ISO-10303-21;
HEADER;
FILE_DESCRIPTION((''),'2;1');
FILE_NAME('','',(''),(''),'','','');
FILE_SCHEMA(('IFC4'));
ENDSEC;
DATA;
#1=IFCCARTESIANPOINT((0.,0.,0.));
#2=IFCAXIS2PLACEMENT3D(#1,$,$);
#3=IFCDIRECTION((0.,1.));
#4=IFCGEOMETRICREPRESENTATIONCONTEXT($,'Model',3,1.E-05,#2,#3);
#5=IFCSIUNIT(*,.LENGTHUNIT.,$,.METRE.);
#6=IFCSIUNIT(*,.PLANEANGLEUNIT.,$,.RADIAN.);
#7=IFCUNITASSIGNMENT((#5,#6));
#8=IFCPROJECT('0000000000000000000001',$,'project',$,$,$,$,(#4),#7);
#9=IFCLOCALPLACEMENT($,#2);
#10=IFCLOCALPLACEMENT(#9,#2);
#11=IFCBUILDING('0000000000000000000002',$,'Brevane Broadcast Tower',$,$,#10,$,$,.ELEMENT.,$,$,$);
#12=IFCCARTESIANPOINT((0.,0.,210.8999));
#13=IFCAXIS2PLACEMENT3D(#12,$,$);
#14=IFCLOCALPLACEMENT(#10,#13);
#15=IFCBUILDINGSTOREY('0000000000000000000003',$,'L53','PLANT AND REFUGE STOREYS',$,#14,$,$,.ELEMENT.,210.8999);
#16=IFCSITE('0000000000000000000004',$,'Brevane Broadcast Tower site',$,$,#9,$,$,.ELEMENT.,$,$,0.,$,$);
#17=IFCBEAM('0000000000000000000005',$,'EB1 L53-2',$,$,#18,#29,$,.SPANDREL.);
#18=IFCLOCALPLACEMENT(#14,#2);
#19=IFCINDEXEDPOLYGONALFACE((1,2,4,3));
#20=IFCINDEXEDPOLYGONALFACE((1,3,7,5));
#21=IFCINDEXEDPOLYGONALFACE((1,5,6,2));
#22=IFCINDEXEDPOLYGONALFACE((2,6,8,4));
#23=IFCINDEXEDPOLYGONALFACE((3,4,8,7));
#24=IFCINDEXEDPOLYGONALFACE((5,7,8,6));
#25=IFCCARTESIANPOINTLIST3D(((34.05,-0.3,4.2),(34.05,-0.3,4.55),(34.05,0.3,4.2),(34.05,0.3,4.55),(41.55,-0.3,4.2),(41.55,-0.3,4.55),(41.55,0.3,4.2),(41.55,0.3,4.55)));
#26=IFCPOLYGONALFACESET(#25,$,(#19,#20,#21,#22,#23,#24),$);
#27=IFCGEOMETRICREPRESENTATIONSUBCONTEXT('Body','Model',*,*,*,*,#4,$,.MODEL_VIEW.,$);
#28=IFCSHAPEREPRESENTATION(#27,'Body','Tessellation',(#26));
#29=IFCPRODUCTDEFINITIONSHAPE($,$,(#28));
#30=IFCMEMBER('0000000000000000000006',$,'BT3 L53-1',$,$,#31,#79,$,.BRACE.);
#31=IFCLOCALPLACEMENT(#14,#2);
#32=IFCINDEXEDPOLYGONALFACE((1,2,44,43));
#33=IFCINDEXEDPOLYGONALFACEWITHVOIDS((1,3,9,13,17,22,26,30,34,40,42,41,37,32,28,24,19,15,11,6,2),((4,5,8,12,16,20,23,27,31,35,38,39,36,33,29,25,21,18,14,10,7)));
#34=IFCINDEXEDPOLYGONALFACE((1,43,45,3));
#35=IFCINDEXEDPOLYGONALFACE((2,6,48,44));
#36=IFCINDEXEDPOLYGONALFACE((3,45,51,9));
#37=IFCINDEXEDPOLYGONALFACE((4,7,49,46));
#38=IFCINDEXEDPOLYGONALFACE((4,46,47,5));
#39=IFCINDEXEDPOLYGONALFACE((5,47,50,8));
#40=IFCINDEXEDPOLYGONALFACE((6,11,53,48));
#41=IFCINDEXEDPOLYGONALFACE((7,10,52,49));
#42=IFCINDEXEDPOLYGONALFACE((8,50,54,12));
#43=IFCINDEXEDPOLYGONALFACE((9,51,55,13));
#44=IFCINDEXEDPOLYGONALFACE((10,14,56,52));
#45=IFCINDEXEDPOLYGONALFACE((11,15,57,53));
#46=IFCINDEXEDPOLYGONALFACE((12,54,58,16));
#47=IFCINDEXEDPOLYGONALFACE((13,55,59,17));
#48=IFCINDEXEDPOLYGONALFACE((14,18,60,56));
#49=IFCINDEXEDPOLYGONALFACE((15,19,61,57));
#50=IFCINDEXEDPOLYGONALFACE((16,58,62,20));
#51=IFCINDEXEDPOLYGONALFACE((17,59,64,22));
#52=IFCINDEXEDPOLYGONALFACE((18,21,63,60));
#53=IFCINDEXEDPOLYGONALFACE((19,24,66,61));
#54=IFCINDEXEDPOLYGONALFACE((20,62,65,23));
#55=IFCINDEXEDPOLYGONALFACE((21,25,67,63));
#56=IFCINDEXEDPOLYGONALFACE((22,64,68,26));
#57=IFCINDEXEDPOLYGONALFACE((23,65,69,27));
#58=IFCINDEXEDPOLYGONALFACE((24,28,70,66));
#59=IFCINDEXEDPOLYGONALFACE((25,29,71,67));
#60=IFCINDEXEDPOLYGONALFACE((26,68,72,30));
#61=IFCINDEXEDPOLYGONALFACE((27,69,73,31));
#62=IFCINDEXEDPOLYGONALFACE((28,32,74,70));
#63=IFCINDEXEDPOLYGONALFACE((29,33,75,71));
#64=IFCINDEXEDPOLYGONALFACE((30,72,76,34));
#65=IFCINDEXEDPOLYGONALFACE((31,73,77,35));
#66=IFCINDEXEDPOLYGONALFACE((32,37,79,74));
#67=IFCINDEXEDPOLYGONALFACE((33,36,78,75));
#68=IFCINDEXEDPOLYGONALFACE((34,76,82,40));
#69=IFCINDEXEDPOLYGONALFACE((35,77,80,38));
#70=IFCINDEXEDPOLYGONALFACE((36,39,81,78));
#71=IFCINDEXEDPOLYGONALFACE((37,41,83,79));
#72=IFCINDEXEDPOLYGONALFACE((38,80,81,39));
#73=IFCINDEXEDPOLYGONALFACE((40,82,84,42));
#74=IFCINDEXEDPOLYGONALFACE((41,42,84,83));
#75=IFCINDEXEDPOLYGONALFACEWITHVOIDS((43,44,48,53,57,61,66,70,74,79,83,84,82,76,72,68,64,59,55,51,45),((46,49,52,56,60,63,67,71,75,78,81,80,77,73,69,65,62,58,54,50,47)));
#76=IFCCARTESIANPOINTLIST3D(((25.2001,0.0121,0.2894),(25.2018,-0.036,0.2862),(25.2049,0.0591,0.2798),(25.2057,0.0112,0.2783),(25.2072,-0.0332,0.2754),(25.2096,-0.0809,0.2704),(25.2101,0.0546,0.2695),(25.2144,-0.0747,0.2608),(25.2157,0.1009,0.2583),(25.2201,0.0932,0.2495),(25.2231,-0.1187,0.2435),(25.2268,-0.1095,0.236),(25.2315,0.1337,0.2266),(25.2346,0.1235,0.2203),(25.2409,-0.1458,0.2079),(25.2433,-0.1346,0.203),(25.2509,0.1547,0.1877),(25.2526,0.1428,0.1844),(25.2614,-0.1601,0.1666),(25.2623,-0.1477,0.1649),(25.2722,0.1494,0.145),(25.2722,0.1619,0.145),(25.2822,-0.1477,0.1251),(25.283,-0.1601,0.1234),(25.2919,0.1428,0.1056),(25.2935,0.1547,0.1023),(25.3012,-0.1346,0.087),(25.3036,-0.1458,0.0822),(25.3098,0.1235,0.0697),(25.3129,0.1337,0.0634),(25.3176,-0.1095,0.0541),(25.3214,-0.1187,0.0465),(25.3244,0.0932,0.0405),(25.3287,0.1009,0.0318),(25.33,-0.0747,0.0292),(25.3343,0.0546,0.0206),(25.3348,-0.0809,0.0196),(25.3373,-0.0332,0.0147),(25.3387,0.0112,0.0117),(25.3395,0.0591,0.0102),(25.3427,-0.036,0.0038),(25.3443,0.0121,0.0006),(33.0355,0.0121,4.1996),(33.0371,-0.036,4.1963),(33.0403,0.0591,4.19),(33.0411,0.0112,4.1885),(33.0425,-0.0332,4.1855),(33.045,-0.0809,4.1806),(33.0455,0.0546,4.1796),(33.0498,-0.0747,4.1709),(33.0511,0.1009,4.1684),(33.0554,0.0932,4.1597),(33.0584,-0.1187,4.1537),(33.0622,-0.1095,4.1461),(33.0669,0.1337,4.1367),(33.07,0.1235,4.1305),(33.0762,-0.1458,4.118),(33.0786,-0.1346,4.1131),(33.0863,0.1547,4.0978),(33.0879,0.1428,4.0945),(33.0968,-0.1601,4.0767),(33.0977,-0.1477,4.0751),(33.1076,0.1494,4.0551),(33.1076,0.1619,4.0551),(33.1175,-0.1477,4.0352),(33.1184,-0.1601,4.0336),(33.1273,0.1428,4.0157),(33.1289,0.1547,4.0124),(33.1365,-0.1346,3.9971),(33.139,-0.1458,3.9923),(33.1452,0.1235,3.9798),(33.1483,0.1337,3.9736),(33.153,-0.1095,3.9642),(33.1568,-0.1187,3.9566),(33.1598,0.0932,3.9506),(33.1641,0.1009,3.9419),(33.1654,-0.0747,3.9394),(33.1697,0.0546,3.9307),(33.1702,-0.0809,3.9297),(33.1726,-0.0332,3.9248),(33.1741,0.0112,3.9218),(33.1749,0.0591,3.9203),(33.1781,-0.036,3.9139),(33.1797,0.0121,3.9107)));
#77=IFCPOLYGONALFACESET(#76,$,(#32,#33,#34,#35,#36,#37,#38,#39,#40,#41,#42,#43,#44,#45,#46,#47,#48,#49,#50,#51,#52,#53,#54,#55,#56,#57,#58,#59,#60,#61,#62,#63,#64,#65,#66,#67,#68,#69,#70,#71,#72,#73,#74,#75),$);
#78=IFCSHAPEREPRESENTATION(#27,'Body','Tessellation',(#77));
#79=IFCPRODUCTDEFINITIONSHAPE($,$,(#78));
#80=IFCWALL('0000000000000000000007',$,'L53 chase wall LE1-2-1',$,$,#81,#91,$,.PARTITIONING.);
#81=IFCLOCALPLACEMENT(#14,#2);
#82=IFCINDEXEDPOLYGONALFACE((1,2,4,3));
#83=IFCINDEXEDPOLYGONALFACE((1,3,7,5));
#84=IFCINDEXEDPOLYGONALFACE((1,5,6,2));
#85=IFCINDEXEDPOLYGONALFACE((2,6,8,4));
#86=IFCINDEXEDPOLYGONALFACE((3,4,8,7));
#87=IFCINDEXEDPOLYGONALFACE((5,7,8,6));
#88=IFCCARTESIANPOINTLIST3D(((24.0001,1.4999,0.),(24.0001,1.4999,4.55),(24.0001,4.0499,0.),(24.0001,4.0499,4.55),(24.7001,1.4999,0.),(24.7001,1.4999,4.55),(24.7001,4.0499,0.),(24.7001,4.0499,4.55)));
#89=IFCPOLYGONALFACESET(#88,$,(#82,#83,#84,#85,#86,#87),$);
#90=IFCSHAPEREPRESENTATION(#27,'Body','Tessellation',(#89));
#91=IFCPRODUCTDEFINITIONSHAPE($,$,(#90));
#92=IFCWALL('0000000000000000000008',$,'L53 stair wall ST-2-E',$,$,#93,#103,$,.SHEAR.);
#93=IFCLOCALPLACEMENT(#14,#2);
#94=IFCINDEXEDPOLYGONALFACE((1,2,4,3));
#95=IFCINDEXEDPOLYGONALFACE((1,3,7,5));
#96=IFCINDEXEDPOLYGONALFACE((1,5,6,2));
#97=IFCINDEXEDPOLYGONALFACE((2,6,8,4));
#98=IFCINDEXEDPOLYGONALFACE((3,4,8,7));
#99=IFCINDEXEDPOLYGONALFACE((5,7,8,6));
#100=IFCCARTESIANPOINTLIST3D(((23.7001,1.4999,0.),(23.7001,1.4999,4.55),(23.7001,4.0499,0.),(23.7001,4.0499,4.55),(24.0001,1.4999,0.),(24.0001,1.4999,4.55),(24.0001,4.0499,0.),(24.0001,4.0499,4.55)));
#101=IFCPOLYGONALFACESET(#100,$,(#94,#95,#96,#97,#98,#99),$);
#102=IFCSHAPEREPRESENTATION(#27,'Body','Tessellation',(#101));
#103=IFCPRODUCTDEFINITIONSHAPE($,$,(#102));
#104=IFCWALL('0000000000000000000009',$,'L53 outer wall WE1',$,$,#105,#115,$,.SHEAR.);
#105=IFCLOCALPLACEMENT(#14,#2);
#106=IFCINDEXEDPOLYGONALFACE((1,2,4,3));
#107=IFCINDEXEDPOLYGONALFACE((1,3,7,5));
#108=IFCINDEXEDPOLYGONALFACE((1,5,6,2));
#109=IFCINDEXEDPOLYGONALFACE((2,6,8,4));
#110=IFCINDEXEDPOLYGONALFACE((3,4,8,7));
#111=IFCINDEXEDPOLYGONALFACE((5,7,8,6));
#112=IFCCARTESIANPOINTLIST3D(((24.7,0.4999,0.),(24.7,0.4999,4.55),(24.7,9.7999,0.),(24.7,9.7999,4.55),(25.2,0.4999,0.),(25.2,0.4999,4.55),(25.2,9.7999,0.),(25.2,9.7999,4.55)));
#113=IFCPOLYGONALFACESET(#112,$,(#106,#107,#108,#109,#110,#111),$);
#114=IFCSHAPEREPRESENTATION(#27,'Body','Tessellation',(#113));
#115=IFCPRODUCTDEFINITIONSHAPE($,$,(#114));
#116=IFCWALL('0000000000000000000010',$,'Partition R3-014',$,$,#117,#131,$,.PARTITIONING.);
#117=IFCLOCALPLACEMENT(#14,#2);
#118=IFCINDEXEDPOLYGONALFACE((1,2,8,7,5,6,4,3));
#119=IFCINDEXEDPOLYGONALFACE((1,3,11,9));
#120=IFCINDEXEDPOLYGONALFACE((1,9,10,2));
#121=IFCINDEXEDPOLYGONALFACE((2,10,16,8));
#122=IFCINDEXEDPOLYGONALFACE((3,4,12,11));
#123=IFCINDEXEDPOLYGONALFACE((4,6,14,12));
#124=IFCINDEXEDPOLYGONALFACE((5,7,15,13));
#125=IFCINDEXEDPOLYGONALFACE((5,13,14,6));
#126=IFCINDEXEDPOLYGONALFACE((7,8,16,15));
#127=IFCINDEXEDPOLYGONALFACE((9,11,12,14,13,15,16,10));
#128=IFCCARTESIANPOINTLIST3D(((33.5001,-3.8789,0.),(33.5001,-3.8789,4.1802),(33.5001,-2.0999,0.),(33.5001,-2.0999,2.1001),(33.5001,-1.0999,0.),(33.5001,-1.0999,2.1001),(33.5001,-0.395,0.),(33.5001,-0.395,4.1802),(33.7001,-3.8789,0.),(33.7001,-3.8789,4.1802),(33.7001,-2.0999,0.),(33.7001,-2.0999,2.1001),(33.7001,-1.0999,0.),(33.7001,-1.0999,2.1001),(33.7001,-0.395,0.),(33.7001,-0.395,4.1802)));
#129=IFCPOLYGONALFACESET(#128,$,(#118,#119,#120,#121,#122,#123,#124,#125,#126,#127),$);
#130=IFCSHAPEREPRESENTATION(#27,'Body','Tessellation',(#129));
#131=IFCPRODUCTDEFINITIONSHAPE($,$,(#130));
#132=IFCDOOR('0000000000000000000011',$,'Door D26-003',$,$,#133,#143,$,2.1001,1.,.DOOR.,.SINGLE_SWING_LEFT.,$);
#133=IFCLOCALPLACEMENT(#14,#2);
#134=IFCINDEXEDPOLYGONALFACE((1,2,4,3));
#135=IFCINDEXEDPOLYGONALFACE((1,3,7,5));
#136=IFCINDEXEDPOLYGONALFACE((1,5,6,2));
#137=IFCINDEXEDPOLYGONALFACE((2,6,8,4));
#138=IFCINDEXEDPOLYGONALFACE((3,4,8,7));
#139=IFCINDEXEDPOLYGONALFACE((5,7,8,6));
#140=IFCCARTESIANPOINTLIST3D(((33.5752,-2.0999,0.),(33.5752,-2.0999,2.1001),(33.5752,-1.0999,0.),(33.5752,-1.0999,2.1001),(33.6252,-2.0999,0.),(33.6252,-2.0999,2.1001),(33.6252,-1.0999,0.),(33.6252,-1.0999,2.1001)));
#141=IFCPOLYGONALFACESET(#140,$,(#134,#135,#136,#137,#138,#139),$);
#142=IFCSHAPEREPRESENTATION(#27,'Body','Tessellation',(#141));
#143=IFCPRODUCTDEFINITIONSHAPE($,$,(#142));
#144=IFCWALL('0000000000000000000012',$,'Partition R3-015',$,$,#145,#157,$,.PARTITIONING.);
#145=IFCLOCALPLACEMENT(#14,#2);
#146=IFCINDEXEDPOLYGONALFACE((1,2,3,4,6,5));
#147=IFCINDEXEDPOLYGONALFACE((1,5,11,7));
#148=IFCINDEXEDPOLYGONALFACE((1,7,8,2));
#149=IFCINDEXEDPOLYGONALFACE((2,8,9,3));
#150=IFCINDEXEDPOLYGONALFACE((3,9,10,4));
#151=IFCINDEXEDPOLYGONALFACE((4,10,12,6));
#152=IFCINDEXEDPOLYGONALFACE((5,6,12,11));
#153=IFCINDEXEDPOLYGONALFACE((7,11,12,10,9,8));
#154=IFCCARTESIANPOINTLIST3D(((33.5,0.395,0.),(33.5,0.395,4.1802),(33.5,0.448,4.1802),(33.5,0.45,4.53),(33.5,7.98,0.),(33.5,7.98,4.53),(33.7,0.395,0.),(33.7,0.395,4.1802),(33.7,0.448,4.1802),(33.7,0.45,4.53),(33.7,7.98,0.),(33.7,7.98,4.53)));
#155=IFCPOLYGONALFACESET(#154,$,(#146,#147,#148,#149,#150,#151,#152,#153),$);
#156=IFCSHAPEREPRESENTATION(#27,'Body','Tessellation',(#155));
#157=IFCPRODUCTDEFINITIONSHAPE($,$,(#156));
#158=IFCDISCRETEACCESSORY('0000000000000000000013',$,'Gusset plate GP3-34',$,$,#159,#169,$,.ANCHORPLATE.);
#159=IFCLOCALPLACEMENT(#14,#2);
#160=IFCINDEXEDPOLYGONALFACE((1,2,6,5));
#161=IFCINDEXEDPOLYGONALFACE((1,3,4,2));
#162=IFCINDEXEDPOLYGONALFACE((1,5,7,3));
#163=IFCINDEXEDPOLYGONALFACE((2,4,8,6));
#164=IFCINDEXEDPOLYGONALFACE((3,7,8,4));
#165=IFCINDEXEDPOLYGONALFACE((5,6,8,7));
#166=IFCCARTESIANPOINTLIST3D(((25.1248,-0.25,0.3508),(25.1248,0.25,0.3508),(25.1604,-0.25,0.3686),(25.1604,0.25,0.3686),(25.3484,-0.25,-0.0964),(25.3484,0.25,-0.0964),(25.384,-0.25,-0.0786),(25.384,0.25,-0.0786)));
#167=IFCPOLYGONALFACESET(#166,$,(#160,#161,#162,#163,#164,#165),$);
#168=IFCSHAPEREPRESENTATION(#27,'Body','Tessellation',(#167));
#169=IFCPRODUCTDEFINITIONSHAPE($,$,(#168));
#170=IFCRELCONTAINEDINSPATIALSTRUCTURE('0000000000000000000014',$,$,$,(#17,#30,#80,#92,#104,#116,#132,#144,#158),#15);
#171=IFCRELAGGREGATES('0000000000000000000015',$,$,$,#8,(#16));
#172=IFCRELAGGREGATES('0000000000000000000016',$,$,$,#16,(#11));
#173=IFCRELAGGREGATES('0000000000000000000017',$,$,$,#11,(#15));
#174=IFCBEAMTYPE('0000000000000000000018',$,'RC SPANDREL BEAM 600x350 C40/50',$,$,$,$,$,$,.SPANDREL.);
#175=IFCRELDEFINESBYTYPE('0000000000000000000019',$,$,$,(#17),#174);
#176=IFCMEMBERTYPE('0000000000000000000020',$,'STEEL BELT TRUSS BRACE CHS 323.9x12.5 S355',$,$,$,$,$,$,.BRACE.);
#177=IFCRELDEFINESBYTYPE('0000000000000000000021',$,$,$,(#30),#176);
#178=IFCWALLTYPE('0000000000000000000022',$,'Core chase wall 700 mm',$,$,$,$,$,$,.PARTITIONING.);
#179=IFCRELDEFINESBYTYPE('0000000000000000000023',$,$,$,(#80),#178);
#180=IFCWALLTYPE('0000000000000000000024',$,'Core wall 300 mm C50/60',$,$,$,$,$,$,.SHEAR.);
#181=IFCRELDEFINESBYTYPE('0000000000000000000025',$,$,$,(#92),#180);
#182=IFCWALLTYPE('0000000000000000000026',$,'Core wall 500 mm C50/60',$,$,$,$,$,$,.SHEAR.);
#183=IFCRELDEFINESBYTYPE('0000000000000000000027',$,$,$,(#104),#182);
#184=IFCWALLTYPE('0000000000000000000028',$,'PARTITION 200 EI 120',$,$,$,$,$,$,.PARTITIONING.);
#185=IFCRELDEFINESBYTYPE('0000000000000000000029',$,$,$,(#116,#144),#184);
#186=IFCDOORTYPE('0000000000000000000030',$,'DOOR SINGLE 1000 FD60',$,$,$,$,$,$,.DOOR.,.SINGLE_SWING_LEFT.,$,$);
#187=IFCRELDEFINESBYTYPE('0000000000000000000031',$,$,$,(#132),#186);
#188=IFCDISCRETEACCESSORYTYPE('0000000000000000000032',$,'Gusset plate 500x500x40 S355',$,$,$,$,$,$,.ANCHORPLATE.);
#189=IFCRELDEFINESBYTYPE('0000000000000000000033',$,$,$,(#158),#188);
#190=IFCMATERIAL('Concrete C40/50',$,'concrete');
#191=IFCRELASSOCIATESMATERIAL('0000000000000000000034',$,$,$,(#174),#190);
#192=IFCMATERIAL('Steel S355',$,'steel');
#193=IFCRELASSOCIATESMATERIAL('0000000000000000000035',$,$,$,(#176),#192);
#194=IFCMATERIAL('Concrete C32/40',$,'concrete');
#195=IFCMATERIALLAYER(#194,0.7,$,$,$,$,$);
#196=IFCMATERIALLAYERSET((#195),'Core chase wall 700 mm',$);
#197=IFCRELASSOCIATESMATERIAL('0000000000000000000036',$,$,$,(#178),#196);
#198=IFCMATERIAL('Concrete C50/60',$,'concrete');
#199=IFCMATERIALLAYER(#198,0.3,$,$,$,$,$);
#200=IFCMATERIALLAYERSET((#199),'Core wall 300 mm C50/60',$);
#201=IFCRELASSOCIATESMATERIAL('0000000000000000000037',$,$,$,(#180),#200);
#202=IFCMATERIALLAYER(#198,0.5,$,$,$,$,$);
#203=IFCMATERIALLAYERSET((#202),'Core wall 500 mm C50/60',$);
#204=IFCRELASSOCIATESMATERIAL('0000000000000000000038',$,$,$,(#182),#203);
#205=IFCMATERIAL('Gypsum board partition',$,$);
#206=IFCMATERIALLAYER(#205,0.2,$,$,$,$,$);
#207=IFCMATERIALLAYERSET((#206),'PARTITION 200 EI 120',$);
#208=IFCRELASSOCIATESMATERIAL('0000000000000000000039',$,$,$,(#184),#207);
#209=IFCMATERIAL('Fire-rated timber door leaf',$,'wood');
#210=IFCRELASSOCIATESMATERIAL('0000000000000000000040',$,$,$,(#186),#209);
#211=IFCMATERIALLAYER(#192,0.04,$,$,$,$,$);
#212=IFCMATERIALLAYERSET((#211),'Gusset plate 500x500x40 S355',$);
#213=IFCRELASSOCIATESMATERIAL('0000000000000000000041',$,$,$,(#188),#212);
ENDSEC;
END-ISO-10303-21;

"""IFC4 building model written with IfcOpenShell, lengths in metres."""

from ifc_helpers import new_model, si_unit, direction, frame, frame_2d, origin, origin_2d, place, context, subcontext, project, spatial, polyline, rectangle, hollow_circle, outline, extrude, material, layer, layer_set, material_profile, profile_set, type_object, element, fill, save


model = new_model("IFC4")

# Units and contexts
model_context = context("Model", 3, precision=1e-05, world=origin(), true_north=direction((0.0, 1.0)))
body_context = subcontext(model_context, "Body", "Model", "MODEL_VIEW")
ifc_project = project(units=[si_unit("LENGTHUNIT", "METRE"), si_unit("PLANEANGLEUNIT", "RADIAN")], contexts=[model_context])

# Site, building, storey
site_placement = place(None, origin())
site = spatial("IfcSite", under=ifc_project, at=site_placement, Name="Brevane Broadcast Tower site", CompositionType="ELEMENT", RefElevation=0.0)
building_placement = place(site_placement, origin())
building = spatial("IfcBuilding", under=site, at=building_placement, Name="Brevane Broadcast Tower", CompositionType="ELEMENT")
storey_placement = place(building_placement, frame((0.0, 0.0, 210.8999)))
storey = spatial("IfcBuildingStorey", under=building, at=storey_placement, Name="L53", Description="PLANT AND REFUGE STOREYS", CompositionType="ELEMENT", Elevation=210.8999)

# Shared definitions
ifc_material_1 = material(Name="Concrete C50/60", Category="concrete")

# Beam
ifc_material_2 = material(Name="Concrete C40/50", Category="concrete")
ifc_material_profile_1 = material_profile(ifc_material_2, rectangle(XDim=0.6001, YDim=0.3501, at=origin_2d()), Name="RC 600x350")
ifc_profile_set_1 = profile_set([ifc_material_profile_1], Name="Concrete C40/50")
beam_type_1 = type_object("IfcBeamType", Name="RC SPANDREL BEAM 600x350 C40/50", PredefinedType="SPANDREL", material=ifc_profile_set_1)
beam_1_placement = place(storey_placement, frame((34.05, 0.0, 4.375), z_axis=(1.0, 0.0, 0.0), x_axis=(0.0, 1.0, 0.0)))
element("IfcBeam", 1, at=beam_1_placement, inside=storey, type_object=beam_type_1, Name="EB1 L53-2", PredefinedType="SPANDREL", context=body_context, shape_type="SweptSolid", body=[
    extrude(rectangle(XDim=0.6001, YDim=0.3501, at=origin_2d()), origin(), (0.0, 0.0, 1.0), 7.5),
])

# Member
ifc_material_3 = material(Name="Steel S355", Category="steel")
ifc_material_profile_2 = material_profile(ifc_material_3, hollow_circle(Radius=0.1619, WallThickness=0.0125, at=origin_2d()), Name="CHS 323.9x12.5")
ifc_profile_set_2 = profile_set([ifc_material_profile_2], Name="Steel S355")
member_type_1 = type_object("IfcMemberType", Name="STEEL BELT TRUSS BRACE CHS 323.9x12.5 S355", PredefinedType="BRACE", material=ifc_profile_set_2)
member_1_placement = place(storey_placement, frame((25.2722, 0.0, 0.145), z_axis=(0.894773, 0.0, 0.446522), x_axis=(0.0, 1.0, 0.0)))
element("IfcMember", 2, at=member_1_placement, inside=storey, type_object=member_type_1, Name="BT3 L53-1", PredefinedType="BRACE", context=body_context, shape_type="SweptSolid", body=[
    extrude(hollow_circle(Radius=0.1619, WallThickness=0.0125, at=origin_2d()), origin(), (0.0, 0.0, 1.0), 8.7568),
])

# Walls
ifc_material_4 = material(Name="Concrete C32/40", Category="concrete")
ifc_layer_1 = layer(ifc_material_4, 0.7)
ifc_layer_set_1 = layer_set([ifc_layer_1], Name="Core chase wall 700 mm")
wall_type_1 = type_object("IfcWallType", Name="Core chase wall 700 mm", PredefinedType="PARTITIONING", material=ifc_layer_set_1)
wall_1_placement = place(storey_placement, frame((24.3501, 1.5, 0.0), z_axis=(0.0, 0.0, 1.0), x_axis=(0.0, 1.0, 0.0)))
element("IfcWall", 3, at=wall_1_placement, inside=storey, type_object=wall_type_1, Name="L53 chase wall LE1-2-1", PredefinedType="PARTITIONING", context=body_context, shape_type="SweptSolid", body=[
    extrude(rectangle(XDim=2.55, YDim=0.7, at=frame_2d((1.2749, 0.0))), origin(), (0.0, 0.0, 1.0), 4.55),
])
ifc_layer_2 = layer(ifc_material_1, 0.3)
ifc_layer_set_2 = layer_set([ifc_layer_2], Name="Core wall 300 mm C50/60")
wall_type_2 = type_object("IfcWallType", Name="Core wall 300 mm C50/60", PredefinedType="SHEAR", material=ifc_layer_set_2)
wall_2_placement = place(storey_placement, frame((23.8501, 1.5, 0.0), z_axis=(0.0, 0.0, 1.0), x_axis=(0.0, 1.0, 0.0)))
element("IfcWall", 4, at=wall_2_placement, inside=storey, type_object=wall_type_2, Name="L53 stair wall ST-2-E", PredefinedType="SHEAR", context=body_context, shape_type="SweptSolid", body=[
    extrude(rectangle(XDim=2.55, YDim=0.3, at=frame_2d((1.2749, 0.0))), origin(), (0.0, 0.0, 1.0), 4.55),
])
ifc_layer_3 = layer(ifc_material_1, 0.5)
ifc_layer_set_3 = layer_set([ifc_layer_3], Name="Core wall 500 mm C50/60")
wall_type_3 = type_object("IfcWallType", Name="Core wall 500 mm C50/60", PredefinedType="SHEAR", material=ifc_layer_set_3)
wall_3_placement = place(storey_placement, frame((24.95, 0.5, 0.0), z_axis=(0.0, 0.0, 1.0), x_axis=(0.0, 1.0, 0.0)))
element("IfcWall", 5, at=wall_3_placement, inside=storey, type_object=wall_type_3, Name="L53 outer wall WE1", PredefinedType="SHEAR", context=body_context, shape_type="SweptSolid", body=[
    extrude(rectangle(XDim=9.3, YDim=0.5, at=frame_2d((4.6499, 0.0))), origin(), (0.0, 0.0, 1.0), 4.55),
])

# Wall, opening, door
ifc_material_5 = material(Name="Gypsum board partition")
ifc_layer_4 = layer(ifc_material_5, 0.2)
ifc_layer_set_4 = layer_set([ifc_layer_4], Name="PARTITION 200 EI 120")
wall_type_4 = type_object("IfcWallType", Name="PARTITION 200 EI 120", PredefinedType="PARTITIONING", material=ifc_layer_set_4)
wall_4_placement = place(storey_placement, frame((33.6001, -3.8789, 0.0), z_axis=(0.0, 0.0, 1.0), x_axis=(0.0, 1.0, 0.0)))
wall_4 = element("IfcWall", 6, at=wall_4_placement, inside=storey, type_object=wall_type_4, Name="Partition R3-014", PredefinedType="PARTITIONING", context=body_context, shape_type="SweptSolid", body=[
    extrude(rectangle(XDim=3.4839, YDim=0.2, at=frame_2d((1.7419, 0.0))), origin(), (0.0, 0.0, 1.0), 4.1802),
])
opening_placement = place(wall_4_placement, frame((1.7791, 0.0, 0.0)))
opening = element("IfcOpeningElement", 7, at=opening_placement, cuts=wall_4, PredefinedType="OPENING", context=body_context, shape_type="SweptSolid", body=[
    extrude(rectangle(XDim=1.0, YDim=2.1001, at=frame_2d((0.5, 1.05))), frame((0.0, 0.1099, 0.0), z_axis=(0.0, -1.0, 0.0), x_axis=(1.0, 0.0, 0.0)), (0.0, 0.0, 1.0), 0.22),
])
ifc_material_6 = material(Name="Fire-rated timber door leaf", Category="wood")
door_type = type_object("IfcDoorType", Name="DOOR SINGLE 1000 FD60", OperationType="SINGLE_SWING_LEFT", PredefinedType="DOOR", material=ifc_material_6)
door_placement = place(opening_placement, origin())
door = element("IfcDoor", 8, at=door_placement, inside=storey, type_object=door_type, Name="Door D26-003", OperationType="SINGLE_SWING_LEFT", OverallHeight=2.1001, OverallWidth=1.0, PredefinedType="DOOR", context=body_context, shape_type="SweptSolid", body=[
    extrude(rectangle(XDim=1.0, YDim=2.1001, at=frame_2d((0.5, 1.05))), frame((0.0, 0.0249, 0.0), z_axis=(0.0, -1.0, 0.0), x_axis=(1.0, 0.0, 0.0)), (0.0, 0.0, 1.0), 0.05),
])
fill(opening, door)

# Wall
wall_5_placement = place(storey_placement, frame((33.6001, 0.395, 0.0), z_axis=(0.0, 0.0, 1.0), x_axis=(0.0, 1.0, 0.0)))
element("IfcWall", 9, at=wall_5_placement, inside=storey, type_object=wall_type_4, Name="Partition R3-015", PredefinedType="PARTITIONING", context=body_context, shape_type="SweptSolid", body=[
    extrude(outline(polyline([(0.0, 0.0), (7.585, 0.0), (7.585, 4.53), (0.0549, 4.53), (0.053, 4.1802), (0.0, 4.1802), (0.0, 0.0)])), frame((0.0, 0.1001, 0.0), z_axis=(0.0, -1.0, 0.0), x_axis=(1.0, 0.0, 0.0)), (0.0, 0.0, 1.0), 0.2),
])

# Discrete accessory
ifc_layer_5 = layer(ifc_material_3, 0.04)
ifc_layer_set_5 = layer_set([ifc_layer_5], Name="Gusset plate 500x500x40 S355")
discrete_accessory_type = type_object("IfcDiscreteAccessoryType", Name="Gusset plate 500x500x40 S355", PredefinedType="ANCHORPLATE", material=ifc_layer_set_5)
discrete_accessory_placement = place(storey_placement, frame((25.2366, 0.0, 0.1272), z_axis=(0.894427, 0.0, 0.447214), x_axis=(0.0, 1.0, 0.0)))
element("IfcDiscreteAccessory", 10, at=discrete_accessory_placement, inside=storey, type_object=discrete_accessory_type, Name="Gusset plate GP3-34", PredefinedType="ANCHORPLATE", context=body_context, shape_type="SweptSolid", body=[
    extrude(rectangle(XDim=0.5, YDim=0.5, at=origin_2d()), origin(), (0.0, 0.0, 1.0), 0.0398),
])

save(model, "model.ifc")
